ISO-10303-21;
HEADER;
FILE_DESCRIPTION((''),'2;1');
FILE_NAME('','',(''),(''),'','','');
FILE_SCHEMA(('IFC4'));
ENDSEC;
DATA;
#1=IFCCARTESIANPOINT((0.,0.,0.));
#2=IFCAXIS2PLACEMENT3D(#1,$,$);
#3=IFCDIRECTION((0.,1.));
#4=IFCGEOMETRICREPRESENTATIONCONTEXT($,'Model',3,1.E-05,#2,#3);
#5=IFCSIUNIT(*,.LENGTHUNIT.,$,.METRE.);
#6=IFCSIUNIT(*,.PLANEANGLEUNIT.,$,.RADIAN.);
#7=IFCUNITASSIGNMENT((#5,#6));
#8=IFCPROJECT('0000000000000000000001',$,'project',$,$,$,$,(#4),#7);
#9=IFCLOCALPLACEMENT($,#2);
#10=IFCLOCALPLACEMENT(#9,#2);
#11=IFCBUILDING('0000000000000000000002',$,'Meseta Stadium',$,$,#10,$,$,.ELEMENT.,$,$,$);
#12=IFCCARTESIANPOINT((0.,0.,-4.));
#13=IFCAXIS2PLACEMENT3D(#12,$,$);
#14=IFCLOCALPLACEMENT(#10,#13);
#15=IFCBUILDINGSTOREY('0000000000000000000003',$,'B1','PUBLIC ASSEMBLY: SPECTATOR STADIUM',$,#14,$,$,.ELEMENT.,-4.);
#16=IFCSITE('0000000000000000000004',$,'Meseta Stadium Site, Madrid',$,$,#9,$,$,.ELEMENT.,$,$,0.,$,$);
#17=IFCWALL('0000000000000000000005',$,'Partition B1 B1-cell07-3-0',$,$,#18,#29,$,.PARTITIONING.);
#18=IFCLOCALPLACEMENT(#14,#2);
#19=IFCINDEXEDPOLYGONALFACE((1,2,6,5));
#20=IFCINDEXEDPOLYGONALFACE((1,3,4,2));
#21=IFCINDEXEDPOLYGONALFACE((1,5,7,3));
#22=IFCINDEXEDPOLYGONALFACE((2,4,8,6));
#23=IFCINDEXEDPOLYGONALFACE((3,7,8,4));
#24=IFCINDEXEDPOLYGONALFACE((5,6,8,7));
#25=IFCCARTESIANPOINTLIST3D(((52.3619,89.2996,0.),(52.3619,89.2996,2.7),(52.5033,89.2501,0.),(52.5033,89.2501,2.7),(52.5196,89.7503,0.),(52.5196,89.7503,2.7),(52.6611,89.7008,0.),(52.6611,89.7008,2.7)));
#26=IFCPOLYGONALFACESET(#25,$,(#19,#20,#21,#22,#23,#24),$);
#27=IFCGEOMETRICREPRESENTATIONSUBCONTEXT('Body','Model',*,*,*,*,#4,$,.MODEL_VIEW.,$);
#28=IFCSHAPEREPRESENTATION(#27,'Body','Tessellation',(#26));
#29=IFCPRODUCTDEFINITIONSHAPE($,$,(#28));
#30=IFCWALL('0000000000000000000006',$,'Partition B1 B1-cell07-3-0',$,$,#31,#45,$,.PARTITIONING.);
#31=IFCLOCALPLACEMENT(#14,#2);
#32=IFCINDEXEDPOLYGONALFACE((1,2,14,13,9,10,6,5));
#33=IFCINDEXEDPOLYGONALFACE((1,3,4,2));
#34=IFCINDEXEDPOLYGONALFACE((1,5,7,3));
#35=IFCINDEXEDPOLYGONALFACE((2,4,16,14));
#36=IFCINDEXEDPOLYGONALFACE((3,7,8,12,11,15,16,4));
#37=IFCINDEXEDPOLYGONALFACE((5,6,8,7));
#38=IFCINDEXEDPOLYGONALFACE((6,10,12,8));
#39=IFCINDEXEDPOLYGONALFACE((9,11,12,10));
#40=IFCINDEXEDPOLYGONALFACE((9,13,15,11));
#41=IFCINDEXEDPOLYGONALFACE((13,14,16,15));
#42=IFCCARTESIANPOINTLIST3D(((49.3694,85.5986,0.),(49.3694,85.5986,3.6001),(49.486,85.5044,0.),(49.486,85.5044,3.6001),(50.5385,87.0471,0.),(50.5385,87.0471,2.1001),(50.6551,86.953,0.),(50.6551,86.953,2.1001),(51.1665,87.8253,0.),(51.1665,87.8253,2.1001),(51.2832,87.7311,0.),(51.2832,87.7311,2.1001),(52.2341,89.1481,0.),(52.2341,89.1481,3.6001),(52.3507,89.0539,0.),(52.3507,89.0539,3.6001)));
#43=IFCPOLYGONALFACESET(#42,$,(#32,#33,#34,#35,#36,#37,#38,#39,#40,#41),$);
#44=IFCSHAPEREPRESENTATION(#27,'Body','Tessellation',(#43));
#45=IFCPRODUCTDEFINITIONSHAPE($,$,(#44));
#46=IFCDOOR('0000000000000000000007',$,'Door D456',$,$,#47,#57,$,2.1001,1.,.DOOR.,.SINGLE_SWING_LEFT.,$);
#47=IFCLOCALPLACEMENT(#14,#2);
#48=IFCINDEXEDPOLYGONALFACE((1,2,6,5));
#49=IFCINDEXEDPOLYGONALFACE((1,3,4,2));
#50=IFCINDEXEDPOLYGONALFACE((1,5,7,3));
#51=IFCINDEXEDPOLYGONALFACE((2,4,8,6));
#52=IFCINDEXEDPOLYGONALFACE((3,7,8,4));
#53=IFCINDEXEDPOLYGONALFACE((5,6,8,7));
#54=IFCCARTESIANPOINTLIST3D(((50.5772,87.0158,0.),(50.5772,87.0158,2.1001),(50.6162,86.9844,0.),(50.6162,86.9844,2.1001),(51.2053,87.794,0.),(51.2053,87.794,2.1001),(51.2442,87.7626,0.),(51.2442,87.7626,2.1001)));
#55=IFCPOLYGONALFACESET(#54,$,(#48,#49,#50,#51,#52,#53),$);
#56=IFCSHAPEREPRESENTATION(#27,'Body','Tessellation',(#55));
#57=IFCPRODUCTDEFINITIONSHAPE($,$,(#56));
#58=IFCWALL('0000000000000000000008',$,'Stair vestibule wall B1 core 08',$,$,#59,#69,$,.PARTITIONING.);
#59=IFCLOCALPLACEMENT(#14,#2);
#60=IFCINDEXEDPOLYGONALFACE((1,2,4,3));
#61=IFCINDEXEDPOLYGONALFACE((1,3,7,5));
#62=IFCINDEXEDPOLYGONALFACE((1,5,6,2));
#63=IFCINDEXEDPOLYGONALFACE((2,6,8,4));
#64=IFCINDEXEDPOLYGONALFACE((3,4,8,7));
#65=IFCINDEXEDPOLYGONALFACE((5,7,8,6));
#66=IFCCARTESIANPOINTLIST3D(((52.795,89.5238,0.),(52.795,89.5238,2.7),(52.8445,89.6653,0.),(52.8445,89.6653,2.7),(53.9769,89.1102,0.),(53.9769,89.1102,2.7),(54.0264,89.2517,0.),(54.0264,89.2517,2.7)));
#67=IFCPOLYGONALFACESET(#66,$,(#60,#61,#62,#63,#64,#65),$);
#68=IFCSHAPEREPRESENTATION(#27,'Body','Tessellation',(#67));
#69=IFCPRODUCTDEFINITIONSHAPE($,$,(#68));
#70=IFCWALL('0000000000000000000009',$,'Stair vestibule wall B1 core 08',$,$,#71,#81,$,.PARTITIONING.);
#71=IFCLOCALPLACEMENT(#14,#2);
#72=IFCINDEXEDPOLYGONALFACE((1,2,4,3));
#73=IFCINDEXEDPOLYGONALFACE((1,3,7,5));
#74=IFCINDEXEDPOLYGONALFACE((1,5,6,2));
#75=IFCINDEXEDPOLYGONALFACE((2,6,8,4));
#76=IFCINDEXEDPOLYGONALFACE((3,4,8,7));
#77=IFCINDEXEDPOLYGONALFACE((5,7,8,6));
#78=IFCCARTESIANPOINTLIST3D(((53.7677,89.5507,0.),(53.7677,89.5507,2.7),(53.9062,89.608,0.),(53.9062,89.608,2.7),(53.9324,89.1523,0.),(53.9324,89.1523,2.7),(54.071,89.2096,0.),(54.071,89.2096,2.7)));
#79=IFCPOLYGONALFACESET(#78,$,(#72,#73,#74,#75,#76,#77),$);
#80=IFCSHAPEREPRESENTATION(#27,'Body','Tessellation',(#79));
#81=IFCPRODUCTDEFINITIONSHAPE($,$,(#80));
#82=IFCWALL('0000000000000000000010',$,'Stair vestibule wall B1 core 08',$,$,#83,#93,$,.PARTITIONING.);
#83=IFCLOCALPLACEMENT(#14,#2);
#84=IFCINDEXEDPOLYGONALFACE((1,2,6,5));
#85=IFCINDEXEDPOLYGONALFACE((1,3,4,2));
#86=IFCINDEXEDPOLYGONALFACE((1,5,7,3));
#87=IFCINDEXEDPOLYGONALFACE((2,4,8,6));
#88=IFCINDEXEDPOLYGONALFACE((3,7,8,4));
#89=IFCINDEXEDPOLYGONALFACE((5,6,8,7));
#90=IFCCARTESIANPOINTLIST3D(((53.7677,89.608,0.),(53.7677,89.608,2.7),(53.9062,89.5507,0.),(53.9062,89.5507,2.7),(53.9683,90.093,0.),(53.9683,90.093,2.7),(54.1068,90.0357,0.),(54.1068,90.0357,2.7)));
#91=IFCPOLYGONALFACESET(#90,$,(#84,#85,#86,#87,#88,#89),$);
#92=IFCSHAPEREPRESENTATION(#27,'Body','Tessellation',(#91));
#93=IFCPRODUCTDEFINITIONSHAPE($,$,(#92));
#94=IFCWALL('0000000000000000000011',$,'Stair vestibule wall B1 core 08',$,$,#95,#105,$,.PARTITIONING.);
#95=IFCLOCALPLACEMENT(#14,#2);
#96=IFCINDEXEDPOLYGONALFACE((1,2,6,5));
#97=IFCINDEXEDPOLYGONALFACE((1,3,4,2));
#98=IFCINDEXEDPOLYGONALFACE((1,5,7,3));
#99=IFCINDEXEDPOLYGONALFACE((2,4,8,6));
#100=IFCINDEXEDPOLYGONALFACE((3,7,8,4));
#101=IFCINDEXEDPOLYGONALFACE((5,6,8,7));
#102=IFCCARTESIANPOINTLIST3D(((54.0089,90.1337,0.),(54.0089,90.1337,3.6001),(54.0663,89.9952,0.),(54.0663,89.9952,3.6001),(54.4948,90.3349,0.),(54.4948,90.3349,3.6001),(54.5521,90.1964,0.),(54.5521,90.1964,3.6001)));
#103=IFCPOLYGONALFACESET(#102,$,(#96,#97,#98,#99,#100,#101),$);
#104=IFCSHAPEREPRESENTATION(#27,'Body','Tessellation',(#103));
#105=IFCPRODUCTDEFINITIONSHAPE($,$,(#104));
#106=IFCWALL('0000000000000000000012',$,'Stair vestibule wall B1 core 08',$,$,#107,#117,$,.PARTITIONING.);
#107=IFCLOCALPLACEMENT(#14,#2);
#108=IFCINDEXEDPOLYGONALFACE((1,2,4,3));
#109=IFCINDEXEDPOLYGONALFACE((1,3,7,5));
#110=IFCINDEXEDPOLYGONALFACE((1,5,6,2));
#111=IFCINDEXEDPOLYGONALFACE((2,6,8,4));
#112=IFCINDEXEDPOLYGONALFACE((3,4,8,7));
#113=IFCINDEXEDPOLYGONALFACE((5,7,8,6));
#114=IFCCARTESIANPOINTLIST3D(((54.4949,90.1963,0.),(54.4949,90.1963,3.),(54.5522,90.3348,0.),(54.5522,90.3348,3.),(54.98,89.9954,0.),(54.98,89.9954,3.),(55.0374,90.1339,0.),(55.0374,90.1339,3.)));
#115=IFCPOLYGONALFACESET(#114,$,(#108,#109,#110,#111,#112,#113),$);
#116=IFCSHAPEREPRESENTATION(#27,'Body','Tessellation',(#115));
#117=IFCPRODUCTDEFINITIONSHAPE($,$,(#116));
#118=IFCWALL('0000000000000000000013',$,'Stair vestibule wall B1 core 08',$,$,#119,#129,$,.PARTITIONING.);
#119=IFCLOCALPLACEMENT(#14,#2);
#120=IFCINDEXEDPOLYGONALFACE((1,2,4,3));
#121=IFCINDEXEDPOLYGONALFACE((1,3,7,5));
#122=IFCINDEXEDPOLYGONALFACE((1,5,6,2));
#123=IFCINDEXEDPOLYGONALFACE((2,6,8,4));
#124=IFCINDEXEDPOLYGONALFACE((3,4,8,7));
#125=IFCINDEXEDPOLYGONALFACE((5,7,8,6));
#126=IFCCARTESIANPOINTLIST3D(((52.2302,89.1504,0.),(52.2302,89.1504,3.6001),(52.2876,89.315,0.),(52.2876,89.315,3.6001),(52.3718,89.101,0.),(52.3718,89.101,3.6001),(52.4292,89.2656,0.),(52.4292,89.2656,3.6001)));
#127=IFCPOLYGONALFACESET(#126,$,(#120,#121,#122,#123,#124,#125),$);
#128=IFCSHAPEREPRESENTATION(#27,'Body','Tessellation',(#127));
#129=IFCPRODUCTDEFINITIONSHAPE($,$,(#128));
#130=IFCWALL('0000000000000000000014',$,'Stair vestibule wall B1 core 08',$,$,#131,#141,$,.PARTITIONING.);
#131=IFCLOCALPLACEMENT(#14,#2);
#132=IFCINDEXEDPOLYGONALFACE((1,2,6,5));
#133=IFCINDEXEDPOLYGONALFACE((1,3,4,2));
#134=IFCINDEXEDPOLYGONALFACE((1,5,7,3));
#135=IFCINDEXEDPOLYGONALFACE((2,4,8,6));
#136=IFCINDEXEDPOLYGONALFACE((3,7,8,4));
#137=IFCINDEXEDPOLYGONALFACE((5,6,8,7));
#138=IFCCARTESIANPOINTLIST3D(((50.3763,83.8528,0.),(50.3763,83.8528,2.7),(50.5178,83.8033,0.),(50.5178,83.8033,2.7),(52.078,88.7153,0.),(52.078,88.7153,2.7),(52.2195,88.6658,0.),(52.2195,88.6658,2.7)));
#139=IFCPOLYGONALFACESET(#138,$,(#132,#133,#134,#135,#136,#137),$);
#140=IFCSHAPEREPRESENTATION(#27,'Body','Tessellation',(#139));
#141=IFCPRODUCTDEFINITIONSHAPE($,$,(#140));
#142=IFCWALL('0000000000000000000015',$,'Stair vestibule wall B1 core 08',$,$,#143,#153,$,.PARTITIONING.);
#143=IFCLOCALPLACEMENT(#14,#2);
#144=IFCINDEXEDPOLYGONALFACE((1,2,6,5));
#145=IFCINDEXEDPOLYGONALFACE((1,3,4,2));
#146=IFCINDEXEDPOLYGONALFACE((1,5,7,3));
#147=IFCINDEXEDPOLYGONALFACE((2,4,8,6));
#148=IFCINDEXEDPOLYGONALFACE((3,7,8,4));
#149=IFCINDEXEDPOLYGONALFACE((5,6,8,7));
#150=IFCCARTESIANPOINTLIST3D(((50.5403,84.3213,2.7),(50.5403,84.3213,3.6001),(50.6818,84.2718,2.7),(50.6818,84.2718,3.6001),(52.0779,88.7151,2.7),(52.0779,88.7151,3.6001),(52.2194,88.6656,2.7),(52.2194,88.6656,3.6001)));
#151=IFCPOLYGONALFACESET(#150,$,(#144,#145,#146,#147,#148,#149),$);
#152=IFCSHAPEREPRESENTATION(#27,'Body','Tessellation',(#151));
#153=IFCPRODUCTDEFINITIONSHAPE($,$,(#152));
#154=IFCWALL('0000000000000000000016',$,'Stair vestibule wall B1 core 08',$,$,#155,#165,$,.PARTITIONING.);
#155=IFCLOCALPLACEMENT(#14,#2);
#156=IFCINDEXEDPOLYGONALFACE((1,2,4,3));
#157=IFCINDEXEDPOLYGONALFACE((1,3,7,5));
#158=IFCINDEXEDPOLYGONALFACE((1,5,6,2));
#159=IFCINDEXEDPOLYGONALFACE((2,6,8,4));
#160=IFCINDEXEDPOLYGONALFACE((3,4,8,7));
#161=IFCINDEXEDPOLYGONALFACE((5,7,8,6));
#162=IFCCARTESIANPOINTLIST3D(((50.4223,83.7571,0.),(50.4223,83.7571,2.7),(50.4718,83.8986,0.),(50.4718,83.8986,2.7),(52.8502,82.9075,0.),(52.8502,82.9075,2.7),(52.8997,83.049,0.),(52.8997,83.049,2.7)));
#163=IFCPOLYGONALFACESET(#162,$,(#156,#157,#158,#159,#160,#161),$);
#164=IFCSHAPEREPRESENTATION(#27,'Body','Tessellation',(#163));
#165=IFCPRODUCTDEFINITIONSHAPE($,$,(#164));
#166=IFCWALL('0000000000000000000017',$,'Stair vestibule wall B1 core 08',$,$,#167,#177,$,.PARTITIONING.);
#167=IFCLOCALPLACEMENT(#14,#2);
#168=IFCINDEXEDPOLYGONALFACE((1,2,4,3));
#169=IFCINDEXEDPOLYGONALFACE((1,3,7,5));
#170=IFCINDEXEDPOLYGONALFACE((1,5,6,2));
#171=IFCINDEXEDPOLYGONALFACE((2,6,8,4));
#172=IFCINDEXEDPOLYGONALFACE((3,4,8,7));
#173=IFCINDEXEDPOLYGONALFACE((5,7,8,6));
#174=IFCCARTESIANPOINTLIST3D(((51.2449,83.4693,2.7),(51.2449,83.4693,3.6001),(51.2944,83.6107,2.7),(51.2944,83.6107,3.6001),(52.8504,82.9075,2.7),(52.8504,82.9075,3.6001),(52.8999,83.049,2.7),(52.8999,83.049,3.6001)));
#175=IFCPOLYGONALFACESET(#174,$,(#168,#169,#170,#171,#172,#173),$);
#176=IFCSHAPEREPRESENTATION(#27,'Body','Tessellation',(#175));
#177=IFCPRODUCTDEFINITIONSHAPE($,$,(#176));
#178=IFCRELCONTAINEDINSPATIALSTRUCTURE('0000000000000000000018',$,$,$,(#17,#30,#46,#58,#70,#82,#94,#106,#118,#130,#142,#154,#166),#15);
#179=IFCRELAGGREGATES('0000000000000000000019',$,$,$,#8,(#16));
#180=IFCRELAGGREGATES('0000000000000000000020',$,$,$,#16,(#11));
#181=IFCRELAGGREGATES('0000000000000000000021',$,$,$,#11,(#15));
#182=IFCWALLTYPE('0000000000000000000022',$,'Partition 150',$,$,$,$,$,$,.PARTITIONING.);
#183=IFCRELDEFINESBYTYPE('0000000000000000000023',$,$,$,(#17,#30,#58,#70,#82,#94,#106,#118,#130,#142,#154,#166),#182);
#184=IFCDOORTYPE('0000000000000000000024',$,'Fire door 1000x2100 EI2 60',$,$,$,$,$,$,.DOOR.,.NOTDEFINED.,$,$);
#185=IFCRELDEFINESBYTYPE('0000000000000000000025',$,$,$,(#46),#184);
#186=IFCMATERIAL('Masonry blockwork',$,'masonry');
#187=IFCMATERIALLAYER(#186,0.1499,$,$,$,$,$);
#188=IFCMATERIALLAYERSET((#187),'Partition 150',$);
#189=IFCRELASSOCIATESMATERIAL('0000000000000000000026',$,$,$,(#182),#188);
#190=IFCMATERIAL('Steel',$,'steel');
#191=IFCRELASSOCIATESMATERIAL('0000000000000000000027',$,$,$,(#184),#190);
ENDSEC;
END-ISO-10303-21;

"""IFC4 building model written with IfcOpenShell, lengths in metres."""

from ifc_helpers import new_model, si_unit, direction, frame, frame_2d, origin, place, context, subcontext, project, spatial, rectangle, extrude, material, layer, layer_set, type_object, element, fill, save


model = new_model("IFC4")

# Units and contexts
model_context = context("Model", 3, precision=1e-05, world=origin(), true_north=direction((0.0, 1.0)))
body_context = subcontext(model_context, "Body", "Model", "MODEL_VIEW")
ifc_project = project(units=[si_unit("LENGTHUNIT", "METRE"), si_unit("PLANEANGLEUNIT", "RADIAN")], contexts=[model_context])

# Site, building, storey
site_placement = place(None, origin())
site = spatial("IfcSite", under=ifc_project, at=site_placement, Name="Meseta Stadium Site, Madrid", CompositionType="ELEMENT", RefElevation=0.0)
building_placement = place(site_placement, origin())
building = spatial("IfcBuilding", under=site, at=building_placement, Name="Meseta Stadium", CompositionType="ELEMENT")
storey_placement = place(building_placement, frame((0.0, 0.0, -4.0)))
storey = spatial("IfcBuildingStorey", under=building, at=storey_placement, Name="B1", Description="PUBLIC ASSEMBLY: SPECTATOR STADIUM", CompositionType="ELEMENT", Elevation=-4.0)

# Shared definitions
ifc_material_1 = material(Name="Masonry blockwork", Category="masonry")
ifc_layer = layer(ifc_material_1, 0.1499)
ifc_layer_set = layer_set([ifc_layer], Name="Partition 150")
wall_type = type_object("IfcWallType", Name="Partition 150", PredefinedType="PARTITIONING", material=ifc_layer_set)

# Wall
wall_1_placement = place(storey_placement, frame((52.5903, 89.7256, 0.0), z_axis=(0.0, 0.0, 1.0), x_axis=(-0.330305, -0.943874, 0.0)))
element("IfcWall", 1, at=wall_1_placement, inside=storey, type_object=wall_type, Name="Partition B1 B1-cell07-3-0", PredefinedType="PARTITIONING", context=body_context, shape_type="SweptSolid", body=[
    extrude(rectangle(XDim=0.4775, YDim=0.1499, at=frame_2d((0.2388, 0.0))), origin(), (0.0, 0.0, 1.0), 2.7),
])

# Wall, opening, door
wall_2_placement = place(storey_placement, frame((52.2925, 89.1011, 0.0), z_axis=(0.0, 0.0, 1.0), x_axis=(-0.628044, -0.778178, 0.0)))
wall_2 = element("IfcWall", 2, at=wall_2_placement, inside=storey, type_object=wall_type, Name="Partition B1 B1-cell07-3-0", PredefinedType="PARTITIONING", context=body_context, shape_type="SweptSolid", body=[
    extrude(rectangle(XDim=4.5613, YDim=0.1499, at=frame_2d((2.2808, 0.0))), origin(), (0.0, 0.0, 1.0), 3.6001),
])
opening_1_placement = place(wall_2_placement, frame((1.7, 0.0, 0.0)))
opening_1 = element("IfcOpeningElement", 3, at=opening_1_placement, cuts=wall_2, PredefinedType="OPENING", context=body_context, shape_type="SweptSolid", body=[
    extrude(rectangle(XDim=1.0, YDim=2.1001, at=frame_2d((0.5, 1.05))), frame((0.0, 0.085, 0.0), z_axis=(0.0, -1.0, 0.0), x_axis=(1.0, 0.0, 0.0)), (0.0, 0.0, 1.0), 0.1699),
])
ifc_material_2 = material(Name="Steel", Category="steel")
door_type_1 = type_object("IfcDoorType", Name="Fire door 1000x2100 EI2 60", OperationType="NOTDEFINED", PredefinedType="DOOR", material=ifc_material_2)
door_1_placement = place(opening_1_placement, origin())
door_1 = element("IfcDoor", 4, at=door_1_placement, inside=storey, type_object=door_type_1, Name="Door D456", OperationType="SINGLE_SWING_LEFT", OverallHeight=2.1001, OverallWidth=1.0, PredefinedType="DOOR", context=body_context, shape_type="SweptSolid", body=[
    extrude(rectangle(XDim=1.0, YDim=2.1001, at=frame_2d((0.5, 1.05))), frame((0.0, 0.0249, 0.0), z_axis=(0.0, -1.0, 0.0), x_axis=(1.0, 0.0, 0.0)), (0.0, 0.0, 1.0), 0.05),
])
fill(opening_1, door_1)

# Walls
wall_3_placement = place(storey_placement, frame((52.8198, 89.5945, 0.0), z_axis=(0.0, 0.0, 1.0), x_axis=(0.94388, -0.33029, 0.0)))
element("IfcWall", 5, at=wall_3_placement, inside=storey, type_object=wall_type, Name="Stair vestibule wall B1 core 08", PredefinedType="PARTITIONING", context=body_context, shape_type="SweptSolid", body=[
    extrude(rectangle(XDim=1.2522, YDim=0.1499, at=frame_2d((0.626, 0.0))), origin(), (0.0, 0.0, 1.0), 2.7),
])
wall_4_placement = place(storey_placement, frame((54.0017, 89.1809, 0.0), z_axis=(0.0, 0.0, 1.0), x_axis=(-0.382202, 0.924079, 0.0)))
element("IfcWall", 6, at=wall_4_placement, inside=storey, type_object=wall_type, Name="Stair vestibule wall B1 core 08", PredefinedType="PARTITIONING", context=body_context, shape_type="SweptSolid", body=[
    extrude(rectangle(XDim=0.4312, YDim=0.1499, at=frame_2d((0.2156, 0.0))), origin(), (0.0, 0.0, 1.0), 2.7),
])
wall_5_placement = place(storey_placement, frame((53.8369, 89.5793, 0.0), z_axis=(0.0, 0.0, 1.0), x_axis=(0.38227, 0.924051, 0.0)))
element("IfcWall", 7, at=wall_5_placement, inside=storey, type_object=wall_type, Name="Stair vestibule wall B1 core 08", PredefinedType="PARTITIONING", context=body_context, shape_type="SweptSolid", body=[
    extrude(rectangle(XDim=0.5249, YDim=0.1499, at=frame_2d((0.2625, 0.0))), origin(), (0.0, 0.0, 1.0), 2.7),
])
wall_6_placement = place(storey_placement, frame((54.0376, 90.0645, 0.0), z_axis=(0.0, 0.0, 1.0), x_axis=(0.923926, 0.38257, 0.0)))
element("IfcWall", 8, at=wall_6_placement, inside=storey, type_object=wall_type, Name="Stair vestibule wall B1 core 08", PredefinedType="PARTITIONING", context=body_context, shape_type="SweptSolid", body=[
    extrude(rectangle(XDim=0.5259, YDim=0.1499, at=frame_2d((0.2629, 0.0))), origin(), (0.0, 0.0, 1.0), 3.6001),
])
wall_7_placement = place(storey_placement, frame((54.5234, 90.2656, 0.0), z_axis=(0.0, 0.0, 1.0), x_axis=(0.923886, -0.382667, 0.0)))
element("IfcWall", 9, at=wall_7_placement, inside=storey, type_object=wall_type, Name="Stair vestibule wall B1 core 08", PredefinedType="PARTITIONING", context=body_context, shape_type="SweptSolid", body=[
    extrude(rectangle(XDim=0.5251, YDim=0.1499, at=frame_2d((0.2627, 0.0))), origin(), (0.0, 0.0, 1.0), 3.0),
])
wall_8_placement = place(storey_placement, frame((52.3584, 89.2903, 0.0), z_axis=(0.0, 0.0, 1.0), x_axis=(-0.329227, -0.944251, 0.0)))
element("IfcWall", 10, at=wall_8_placement, inside=storey, type_object=wall_type, Name="Stair vestibule wall B1 core 08", PredefinedType="PARTITIONING", context=body_context, shape_type="SweptSolid", body=[
    extrude(rectangle(XDim=0.1743, YDim=0.1499, at=frame_2d((0.0872, 0.0))), origin(), (0.0, 0.0, 1.0), 3.6001),
])
wall_9_placement = place(storey_placement, frame((52.1487, 88.6904, 0.0), z_axis=(0.0, 0.0, 1.0), x_axis=(-0.33031, -0.943872, 0.0)))
element("IfcWall", 11, at=wall_9_placement, inside=storey, type_object=wall_type, Name="Stair vestibule wall B1 core 08", PredefinedType="PARTITIONING", context=body_context, shape_type="SweptSolid", body=[
    extrude(rectangle(XDim=5.1516, YDim=0.1499, at=frame_2d((2.5757, 0.0))), origin(), (0.0, 0.0, 1.0), 2.7),
])
wall_10_placement = place(storey_placement, frame((52.1487, 88.6904, 2.7), z_axis=(0.0, 0.0, 1.0), x_axis=(-0.330306, -0.943874, 0.0)))
element("IfcWall", 12, at=wall_10_placement, inside=storey, type_object=wall_type, Name="Stair vestibule wall B1 core 08", PredefinedType="PARTITIONING", context=body_context, shape_type="SweptSolid", body=[
    extrude(rectangle(XDim=4.655, YDim=0.1499, at=frame_2d((2.3276, 0.0))), origin(), (0.0, 0.0, 1.0), 0.9001),
])
wall_11_placement = place(storey_placement, frame((50.447, 83.8279, 0.0), z_axis=(0.0, 0.0, 1.0), x_axis=(0.943881, -0.330287, 0.0)))
element("IfcWall", 13, at=wall_11_placement, inside=storey, type_object=wall_type, Name="Stair vestibule wall B1 core 08", PredefinedType="PARTITIONING", context=body_context, shape_type="SweptSolid", body=[
    extrude(rectangle(XDim=2.5723, YDim=0.1499, at=frame_2d((1.2861, 0.0))), origin(), (0.0, 0.0, 1.0), 2.7),
])
wall_12_placement = place(storey_placement, frame((51.2695, 83.54, 2.7), z_axis=(0.0, 0.0, 1.0), x_axis=(0.943885, -0.330274, 0.0)))
element("IfcWall", 14, at=wall_12_placement, inside=storey, type_object=wall_type, Name="Stair vestibule wall B1 core 08", PredefinedType="PARTITIONING", context=body_context, shape_type="SweptSolid", body=[
    extrude(rectangle(XDim=1.7009, YDim=0.1499, at=frame_2d((0.8506, 0.0))), origin(), (0.0, 0.0, 1.0), 0.9001),
])

save(model, "model.ifc")
